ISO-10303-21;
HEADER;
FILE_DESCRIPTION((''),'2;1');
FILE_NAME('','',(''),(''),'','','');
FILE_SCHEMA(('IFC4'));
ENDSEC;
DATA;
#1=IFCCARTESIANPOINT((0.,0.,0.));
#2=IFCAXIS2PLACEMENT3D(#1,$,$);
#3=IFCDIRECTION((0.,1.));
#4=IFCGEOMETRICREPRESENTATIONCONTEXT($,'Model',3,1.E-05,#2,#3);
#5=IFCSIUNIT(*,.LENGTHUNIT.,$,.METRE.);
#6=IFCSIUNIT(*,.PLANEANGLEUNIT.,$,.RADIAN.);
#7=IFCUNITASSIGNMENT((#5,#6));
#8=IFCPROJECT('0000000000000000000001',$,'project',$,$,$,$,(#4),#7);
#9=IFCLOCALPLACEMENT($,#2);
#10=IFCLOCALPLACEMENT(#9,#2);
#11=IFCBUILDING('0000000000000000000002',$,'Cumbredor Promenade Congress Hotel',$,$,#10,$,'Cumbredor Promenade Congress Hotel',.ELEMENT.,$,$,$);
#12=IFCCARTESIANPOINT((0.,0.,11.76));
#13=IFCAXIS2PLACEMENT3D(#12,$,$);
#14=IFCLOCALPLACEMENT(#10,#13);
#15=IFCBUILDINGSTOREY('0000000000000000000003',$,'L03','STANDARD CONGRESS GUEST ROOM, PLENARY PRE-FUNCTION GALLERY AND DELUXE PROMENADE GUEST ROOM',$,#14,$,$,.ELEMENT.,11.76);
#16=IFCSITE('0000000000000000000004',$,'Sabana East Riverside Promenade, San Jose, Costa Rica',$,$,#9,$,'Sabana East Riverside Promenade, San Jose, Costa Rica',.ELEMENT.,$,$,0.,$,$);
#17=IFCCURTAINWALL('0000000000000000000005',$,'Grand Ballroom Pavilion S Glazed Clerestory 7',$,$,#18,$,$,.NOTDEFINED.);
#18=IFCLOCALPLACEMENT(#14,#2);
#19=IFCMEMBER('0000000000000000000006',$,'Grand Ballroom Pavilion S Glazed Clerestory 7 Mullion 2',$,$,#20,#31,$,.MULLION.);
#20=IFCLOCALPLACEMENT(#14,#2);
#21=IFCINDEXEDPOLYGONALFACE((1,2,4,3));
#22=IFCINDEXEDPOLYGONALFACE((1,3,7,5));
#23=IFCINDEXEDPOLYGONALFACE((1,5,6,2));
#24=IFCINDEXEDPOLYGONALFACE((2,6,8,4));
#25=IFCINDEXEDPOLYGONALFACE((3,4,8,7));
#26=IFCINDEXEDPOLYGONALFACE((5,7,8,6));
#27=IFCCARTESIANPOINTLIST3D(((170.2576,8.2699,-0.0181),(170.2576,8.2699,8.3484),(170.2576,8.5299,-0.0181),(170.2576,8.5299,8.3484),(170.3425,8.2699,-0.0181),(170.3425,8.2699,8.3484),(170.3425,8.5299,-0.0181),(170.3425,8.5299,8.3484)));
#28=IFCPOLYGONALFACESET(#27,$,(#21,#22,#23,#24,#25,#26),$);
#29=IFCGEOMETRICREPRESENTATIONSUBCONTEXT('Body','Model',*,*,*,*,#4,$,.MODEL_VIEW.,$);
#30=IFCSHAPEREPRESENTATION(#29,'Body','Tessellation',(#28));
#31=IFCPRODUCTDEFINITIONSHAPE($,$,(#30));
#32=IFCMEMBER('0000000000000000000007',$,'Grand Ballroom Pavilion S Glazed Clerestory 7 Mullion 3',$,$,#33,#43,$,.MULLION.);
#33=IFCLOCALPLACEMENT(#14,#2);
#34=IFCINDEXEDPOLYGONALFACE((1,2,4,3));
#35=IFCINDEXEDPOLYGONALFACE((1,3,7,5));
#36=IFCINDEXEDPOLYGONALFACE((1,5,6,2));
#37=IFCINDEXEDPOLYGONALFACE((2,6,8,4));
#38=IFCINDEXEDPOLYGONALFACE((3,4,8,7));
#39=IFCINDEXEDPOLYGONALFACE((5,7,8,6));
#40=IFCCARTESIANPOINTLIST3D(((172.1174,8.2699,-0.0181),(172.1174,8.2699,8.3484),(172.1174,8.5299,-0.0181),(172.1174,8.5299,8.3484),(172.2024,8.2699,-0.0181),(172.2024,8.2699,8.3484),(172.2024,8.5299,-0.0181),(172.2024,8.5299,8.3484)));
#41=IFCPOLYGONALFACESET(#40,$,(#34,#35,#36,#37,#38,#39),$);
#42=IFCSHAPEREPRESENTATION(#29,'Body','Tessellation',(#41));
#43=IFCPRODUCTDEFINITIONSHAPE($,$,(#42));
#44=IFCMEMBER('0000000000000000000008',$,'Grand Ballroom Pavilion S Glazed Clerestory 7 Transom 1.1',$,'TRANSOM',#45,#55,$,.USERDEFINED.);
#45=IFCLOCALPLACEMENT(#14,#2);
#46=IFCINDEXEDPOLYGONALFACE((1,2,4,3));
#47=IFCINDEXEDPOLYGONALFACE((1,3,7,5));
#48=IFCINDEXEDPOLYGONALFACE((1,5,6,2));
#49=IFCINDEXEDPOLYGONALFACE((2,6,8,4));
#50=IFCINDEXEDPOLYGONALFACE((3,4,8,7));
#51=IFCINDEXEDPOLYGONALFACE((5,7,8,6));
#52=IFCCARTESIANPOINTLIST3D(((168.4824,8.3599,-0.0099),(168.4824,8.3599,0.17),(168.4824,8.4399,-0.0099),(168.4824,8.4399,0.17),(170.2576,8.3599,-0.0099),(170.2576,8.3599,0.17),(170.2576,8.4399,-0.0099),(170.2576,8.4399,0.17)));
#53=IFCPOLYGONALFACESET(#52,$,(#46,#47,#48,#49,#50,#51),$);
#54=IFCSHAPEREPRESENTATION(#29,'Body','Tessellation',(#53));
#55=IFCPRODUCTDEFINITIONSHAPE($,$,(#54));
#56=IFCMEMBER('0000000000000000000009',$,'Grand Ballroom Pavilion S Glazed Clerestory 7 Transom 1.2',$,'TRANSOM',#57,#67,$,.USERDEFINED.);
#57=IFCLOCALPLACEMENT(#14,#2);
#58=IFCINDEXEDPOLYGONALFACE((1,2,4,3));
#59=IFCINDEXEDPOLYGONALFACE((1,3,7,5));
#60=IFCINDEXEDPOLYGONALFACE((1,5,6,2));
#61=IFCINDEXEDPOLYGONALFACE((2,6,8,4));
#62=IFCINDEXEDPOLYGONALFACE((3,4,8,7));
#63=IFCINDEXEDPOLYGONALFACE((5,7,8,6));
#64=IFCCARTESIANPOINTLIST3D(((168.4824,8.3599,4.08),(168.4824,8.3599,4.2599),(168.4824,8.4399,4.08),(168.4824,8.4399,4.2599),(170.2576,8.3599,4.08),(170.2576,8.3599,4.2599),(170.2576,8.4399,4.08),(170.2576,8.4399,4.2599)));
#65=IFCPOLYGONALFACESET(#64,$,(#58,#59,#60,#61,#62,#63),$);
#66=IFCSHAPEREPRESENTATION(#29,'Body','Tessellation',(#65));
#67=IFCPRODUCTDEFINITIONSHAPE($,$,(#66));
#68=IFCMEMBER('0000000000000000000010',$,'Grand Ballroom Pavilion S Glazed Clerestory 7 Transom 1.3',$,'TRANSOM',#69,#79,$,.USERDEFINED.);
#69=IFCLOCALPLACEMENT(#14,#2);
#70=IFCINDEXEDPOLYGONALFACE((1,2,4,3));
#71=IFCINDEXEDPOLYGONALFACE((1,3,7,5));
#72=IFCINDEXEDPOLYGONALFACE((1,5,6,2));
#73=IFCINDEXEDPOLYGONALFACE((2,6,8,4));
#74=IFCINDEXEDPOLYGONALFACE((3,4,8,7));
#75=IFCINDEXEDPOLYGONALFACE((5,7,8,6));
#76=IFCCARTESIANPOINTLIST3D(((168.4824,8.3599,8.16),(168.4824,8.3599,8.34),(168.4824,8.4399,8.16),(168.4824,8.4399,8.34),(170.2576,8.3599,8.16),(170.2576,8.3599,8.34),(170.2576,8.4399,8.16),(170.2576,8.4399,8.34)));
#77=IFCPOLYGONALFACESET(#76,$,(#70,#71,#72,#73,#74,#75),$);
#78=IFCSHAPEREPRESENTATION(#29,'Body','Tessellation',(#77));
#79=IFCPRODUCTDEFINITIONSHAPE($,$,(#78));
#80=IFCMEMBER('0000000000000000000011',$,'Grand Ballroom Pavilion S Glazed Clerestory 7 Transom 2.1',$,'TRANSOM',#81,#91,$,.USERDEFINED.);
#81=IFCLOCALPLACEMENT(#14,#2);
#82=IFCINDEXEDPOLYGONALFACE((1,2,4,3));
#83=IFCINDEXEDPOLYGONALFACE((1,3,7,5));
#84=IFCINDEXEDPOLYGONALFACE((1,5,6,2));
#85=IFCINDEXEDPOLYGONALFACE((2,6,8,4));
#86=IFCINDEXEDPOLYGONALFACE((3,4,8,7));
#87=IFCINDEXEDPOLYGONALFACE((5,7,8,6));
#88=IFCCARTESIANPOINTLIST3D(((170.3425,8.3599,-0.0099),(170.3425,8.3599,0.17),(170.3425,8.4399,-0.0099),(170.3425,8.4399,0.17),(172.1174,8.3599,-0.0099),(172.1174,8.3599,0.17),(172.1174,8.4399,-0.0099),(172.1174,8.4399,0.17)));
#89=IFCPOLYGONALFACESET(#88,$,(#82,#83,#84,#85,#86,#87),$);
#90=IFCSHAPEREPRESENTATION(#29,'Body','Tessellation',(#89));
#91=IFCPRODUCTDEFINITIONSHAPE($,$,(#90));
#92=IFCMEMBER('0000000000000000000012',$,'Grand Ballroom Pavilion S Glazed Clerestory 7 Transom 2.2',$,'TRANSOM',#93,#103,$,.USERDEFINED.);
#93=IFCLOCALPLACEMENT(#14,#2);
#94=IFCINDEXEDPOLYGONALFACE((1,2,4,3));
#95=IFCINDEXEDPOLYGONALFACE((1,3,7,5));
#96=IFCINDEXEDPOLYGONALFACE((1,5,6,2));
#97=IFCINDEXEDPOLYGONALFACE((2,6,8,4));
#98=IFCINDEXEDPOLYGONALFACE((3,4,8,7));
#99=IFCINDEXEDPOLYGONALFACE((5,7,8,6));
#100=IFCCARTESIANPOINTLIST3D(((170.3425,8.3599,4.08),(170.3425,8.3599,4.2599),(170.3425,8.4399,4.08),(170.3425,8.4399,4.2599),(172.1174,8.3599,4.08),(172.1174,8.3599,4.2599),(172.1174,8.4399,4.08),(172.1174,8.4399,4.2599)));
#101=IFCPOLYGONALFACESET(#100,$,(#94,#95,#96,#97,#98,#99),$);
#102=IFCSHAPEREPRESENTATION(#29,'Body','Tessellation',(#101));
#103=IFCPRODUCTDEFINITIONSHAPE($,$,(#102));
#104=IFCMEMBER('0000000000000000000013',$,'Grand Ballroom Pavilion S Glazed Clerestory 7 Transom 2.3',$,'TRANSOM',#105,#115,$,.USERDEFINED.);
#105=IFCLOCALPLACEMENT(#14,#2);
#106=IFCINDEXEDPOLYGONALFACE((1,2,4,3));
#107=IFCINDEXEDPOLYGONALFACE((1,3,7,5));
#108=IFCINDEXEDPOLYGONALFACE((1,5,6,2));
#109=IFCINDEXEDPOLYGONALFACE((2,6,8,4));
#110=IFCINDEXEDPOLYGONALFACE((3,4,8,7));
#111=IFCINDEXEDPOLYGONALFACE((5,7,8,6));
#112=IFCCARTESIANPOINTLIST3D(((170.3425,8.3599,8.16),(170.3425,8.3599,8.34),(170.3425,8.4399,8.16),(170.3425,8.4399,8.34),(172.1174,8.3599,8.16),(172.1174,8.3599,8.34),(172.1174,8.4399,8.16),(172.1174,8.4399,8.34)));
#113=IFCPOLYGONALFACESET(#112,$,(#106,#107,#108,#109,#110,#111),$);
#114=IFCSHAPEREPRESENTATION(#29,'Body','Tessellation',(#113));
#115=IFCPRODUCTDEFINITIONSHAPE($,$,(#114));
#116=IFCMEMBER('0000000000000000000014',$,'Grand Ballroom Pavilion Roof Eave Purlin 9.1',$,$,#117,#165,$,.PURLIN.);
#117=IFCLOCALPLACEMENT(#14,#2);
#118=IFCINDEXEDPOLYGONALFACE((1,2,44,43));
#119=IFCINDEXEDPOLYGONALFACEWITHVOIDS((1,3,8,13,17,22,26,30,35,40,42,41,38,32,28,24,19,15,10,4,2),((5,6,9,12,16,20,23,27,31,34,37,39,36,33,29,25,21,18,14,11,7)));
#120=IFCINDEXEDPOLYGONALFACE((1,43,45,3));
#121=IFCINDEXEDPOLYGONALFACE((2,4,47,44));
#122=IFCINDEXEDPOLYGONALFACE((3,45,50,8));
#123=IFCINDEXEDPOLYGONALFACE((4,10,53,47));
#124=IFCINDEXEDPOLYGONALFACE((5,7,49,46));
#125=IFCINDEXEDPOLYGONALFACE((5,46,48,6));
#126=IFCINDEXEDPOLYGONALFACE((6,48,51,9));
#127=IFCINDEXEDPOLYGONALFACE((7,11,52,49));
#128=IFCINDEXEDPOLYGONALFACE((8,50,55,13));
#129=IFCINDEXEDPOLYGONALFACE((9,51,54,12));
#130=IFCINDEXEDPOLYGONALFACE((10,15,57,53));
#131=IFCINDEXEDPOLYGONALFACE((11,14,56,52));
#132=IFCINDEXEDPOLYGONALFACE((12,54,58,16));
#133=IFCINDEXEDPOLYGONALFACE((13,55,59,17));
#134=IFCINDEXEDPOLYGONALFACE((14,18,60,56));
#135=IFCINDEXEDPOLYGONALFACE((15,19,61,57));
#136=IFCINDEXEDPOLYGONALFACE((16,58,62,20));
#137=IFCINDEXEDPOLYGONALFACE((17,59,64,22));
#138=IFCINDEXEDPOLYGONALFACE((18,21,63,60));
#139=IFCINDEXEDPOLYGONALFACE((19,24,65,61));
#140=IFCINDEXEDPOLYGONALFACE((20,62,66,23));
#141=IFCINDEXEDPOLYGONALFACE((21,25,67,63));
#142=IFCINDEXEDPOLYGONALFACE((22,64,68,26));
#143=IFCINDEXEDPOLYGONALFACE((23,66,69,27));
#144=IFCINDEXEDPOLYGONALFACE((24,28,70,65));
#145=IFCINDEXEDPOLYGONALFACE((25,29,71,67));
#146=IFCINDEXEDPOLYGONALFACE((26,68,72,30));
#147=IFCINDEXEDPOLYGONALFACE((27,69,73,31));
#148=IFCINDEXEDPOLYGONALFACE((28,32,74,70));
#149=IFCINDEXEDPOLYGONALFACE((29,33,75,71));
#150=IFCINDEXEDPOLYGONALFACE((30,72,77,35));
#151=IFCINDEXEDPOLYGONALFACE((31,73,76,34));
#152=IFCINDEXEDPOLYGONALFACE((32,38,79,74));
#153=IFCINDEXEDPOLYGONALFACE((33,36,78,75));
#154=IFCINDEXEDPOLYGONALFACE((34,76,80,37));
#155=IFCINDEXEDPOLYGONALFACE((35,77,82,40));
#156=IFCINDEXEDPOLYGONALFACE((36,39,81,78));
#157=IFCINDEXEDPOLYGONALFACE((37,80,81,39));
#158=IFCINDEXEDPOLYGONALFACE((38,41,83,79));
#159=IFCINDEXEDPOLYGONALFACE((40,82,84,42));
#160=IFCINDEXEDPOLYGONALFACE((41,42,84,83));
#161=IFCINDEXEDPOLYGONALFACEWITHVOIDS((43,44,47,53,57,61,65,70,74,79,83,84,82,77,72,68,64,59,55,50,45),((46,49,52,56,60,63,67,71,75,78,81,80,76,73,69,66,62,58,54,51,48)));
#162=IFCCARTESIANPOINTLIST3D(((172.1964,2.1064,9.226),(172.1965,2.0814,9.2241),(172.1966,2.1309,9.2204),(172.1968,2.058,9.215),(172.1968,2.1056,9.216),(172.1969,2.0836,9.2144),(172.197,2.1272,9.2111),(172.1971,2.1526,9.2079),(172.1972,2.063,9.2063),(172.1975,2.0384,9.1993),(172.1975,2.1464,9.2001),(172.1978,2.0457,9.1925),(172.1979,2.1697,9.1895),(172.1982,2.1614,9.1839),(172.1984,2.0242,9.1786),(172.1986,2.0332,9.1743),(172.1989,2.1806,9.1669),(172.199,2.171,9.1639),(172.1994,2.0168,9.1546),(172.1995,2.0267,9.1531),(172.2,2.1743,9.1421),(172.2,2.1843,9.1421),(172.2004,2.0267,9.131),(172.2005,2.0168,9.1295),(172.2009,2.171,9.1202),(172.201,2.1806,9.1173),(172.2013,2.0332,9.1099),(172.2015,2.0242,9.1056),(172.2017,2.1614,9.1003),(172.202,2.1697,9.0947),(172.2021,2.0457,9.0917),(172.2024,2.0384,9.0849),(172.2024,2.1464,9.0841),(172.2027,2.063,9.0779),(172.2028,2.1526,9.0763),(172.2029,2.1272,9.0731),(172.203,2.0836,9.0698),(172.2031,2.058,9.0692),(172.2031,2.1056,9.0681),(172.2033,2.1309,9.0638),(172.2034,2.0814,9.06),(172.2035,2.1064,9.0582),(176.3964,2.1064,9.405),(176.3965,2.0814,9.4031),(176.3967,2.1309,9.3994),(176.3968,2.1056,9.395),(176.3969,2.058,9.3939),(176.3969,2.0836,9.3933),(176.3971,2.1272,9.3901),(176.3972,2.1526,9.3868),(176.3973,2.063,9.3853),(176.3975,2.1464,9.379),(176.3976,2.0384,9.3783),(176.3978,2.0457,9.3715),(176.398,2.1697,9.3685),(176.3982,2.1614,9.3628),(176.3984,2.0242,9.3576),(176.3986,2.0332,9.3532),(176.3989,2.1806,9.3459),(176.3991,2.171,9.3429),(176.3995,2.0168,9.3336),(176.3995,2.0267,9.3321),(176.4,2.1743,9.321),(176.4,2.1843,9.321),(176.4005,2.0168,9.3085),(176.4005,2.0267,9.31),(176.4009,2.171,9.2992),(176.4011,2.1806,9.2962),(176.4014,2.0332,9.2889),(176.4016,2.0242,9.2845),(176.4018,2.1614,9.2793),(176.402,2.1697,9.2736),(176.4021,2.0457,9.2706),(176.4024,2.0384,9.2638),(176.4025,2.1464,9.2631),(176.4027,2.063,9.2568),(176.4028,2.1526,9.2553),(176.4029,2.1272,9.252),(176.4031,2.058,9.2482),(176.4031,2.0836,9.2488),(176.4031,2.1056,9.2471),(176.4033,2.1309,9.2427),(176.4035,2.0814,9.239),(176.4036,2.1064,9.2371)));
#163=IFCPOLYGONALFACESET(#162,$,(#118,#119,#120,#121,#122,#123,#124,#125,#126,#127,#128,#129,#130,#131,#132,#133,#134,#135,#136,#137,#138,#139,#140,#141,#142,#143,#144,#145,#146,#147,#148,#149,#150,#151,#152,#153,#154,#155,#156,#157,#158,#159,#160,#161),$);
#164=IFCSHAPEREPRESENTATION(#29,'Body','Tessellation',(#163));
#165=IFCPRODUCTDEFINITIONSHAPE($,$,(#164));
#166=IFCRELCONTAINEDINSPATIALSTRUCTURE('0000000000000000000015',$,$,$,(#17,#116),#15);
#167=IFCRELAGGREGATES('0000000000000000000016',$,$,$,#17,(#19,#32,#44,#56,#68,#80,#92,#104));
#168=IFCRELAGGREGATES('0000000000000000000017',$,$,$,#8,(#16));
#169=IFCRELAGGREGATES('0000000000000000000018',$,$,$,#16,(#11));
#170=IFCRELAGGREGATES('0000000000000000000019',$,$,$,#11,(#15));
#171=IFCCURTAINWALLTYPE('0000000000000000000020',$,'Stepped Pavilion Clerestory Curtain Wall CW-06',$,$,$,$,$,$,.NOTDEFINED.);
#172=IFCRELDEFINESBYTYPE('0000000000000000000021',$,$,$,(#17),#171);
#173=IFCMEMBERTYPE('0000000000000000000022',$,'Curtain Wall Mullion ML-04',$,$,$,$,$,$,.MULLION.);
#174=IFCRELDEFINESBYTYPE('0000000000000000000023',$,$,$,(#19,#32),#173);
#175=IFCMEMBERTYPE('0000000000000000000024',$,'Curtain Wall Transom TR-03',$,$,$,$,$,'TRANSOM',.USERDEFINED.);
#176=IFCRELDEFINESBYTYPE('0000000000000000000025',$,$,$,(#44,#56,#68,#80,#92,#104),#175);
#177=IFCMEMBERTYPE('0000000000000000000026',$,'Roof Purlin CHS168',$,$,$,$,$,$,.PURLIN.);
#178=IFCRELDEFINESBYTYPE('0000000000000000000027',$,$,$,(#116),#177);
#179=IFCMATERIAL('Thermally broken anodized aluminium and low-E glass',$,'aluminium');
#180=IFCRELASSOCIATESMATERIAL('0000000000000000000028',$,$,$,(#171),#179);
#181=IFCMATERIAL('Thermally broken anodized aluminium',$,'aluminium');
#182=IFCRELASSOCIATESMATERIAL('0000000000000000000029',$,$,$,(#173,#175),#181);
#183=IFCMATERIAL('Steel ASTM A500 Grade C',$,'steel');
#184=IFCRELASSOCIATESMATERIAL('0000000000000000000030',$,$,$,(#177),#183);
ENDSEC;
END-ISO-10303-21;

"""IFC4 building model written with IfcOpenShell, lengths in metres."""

from ifc_helpers import new_model, si_unit, direction, frame, origin, origin_2d, place, context, subcontext, project, spatial, rectangle, hollow_circle, extrude, material, material_profile, profile_set, type_object, element, aggregate, save


model = new_model("IFC4")

# Units and contexts
model_context = context("Model", 3, precision=1e-05, world=origin(), true_north=direction((0.0, 1.0)))
body_context = subcontext(model_context, "Body", "Model", "MODEL_VIEW")
ifc_project = project(units=[si_unit("LENGTHUNIT", "METRE"), si_unit("PLANEANGLEUNIT", "RADIAN")], contexts=[model_context])

# Site, building, storey
site_placement = place(None, origin())
site = spatial("IfcSite", under=ifc_project, at=site_placement, Name="Sabana East Riverside Promenade, San Jose, Costa Rica", LongName="Sabana East Riverside Promenade, San Jose, Costa Rica", CompositionType="ELEMENT", RefElevation=0.0)
building_placement = place(site_placement, origin())
building = spatial("IfcBuilding", under=site, at=building_placement, Name="Cumbredor Promenade Congress Hotel", LongName="Cumbredor Promenade Congress Hotel", CompositionType="ELEMENT")
storey_placement = place(building_placement, frame((0.0, 0.0, 11.76)))
storey = spatial("IfcBuildingStorey", under=building, at=storey_placement, Name="L03", Description="STANDARD CONGRESS GUEST ROOM, PLENARY PRE-FUNCTION GALLERY AND DELUXE PROMENADE GUEST ROOM", CompositionType="ELEMENT", Elevation=11.76)

# Shared definitions
ifc_material_1 = material(Name="Steel ASTM A500 Grade C", Category="steel")

# Curtain wall, members
ifc_material_2 = material(Name="Thermally broken anodized aluminium and low-E glass", Category="aluminium")
curtain_wall_type = type_object("IfcCurtainWallType", Name="Stepped Pavilion Clerestory Curtain Wall CW-06", PredefinedType="NOTDEFINED", material=ifc_material_2)
curtain_wall_placement = place(storey_placement, origin())
curtain_wall = element("IfcCurtainWall", 1, at=curtain_wall_placement, inside=storey, type_object=curtain_wall_type, Name="Grand Ballroom Pavilion S Glazed Clerestory 7", PredefinedType="NOTDEFINED")
ifc_material_3 = material(Name="Thermally broken anodized aluminium", Category="aluminium")
ifc_material_profile_1 = material_profile(ifc_material_3, rectangle(XDim=0.085, YDim=0.26, at=origin_2d()), Name="ALU MULLION CLERESTORY 85x260")
ifc_profile_set_1 = profile_set([ifc_material_profile_1], Name="Thermally broken anodized aluminium")
member_type_1 = type_object("IfcMemberType", Name="Curtain Wall Mullion ML-04", PredefinedType="MULLION", material=ifc_profile_set_1)
member_1_placement = place(storey_placement, frame((170.3, 8.3999, -0.0181), z_axis=(0.0, 0.0, 1.0), x_axis=(1.0, 0.0, 0.0)))
member_1 = element("IfcMember", 2, at=member_1_placement, type_object=member_type_1, Name="Grand Ballroom Pavilion S Glazed Clerestory 7 Mullion 2", PredefinedType="MULLION", context=body_context, shape_type="SweptSolid", body=[
    extrude(rectangle(XDim=0.085, YDim=0.26, at=origin_2d()), origin(), (0.0, 0.0, 1.0), 8.3665),
])
member_2_placement = place(storey_placement, frame((172.1599, 8.3999, -0.0181), z_axis=(0.0, 0.0, 1.0), x_axis=(1.0, 0.0, 0.0)))
member_2 = element("IfcMember", 3, at=member_2_placement, type_object=member_type_1, Name="Grand Ballroom Pavilion S Glazed Clerestory 7 Mullion 3", PredefinedType="MULLION", context=body_context, shape_type="SweptSolid", body=[
    extrude(rectangle(XDim=0.085, YDim=0.26, at=origin_2d()), origin(), (0.0, 0.0, 1.0), 8.3665),
])
ifc_material_profile_2 = material_profile(ifc_material_3, rectangle(XDim=0.0801, YDim=0.1799, at=origin_2d()), Name="ALU TRANSOM 80x180")
ifc_profile_set_2 = profile_set([ifc_material_profile_2], Name="Thermally broken anodized aluminium")
member_type_2 = type_object("IfcMemberType", Name="Curtain Wall Transom TR-03", ElementType="TRANSOM", PredefinedType="USERDEFINED", material=ifc_profile_set_2)
member_3_placement = place(storey_placement, frame((168.4824, 8.3999, 0.0801), z_axis=(1.0, 0.0, 0.0), x_axis=(0.0, 1.0, 0.0)))
member_3 = element("IfcMember", 4, at=member_3_placement, type_object=member_type_2, Name="Grand Ballroom Pavilion S Glazed Clerestory 7 Transom 1.1", ObjectType="TRANSOM", PredefinedType="USERDEFINED", context=body_context, shape_type="SweptSolid", body=[
    extrude(rectangle(XDim=0.0801, YDim=0.1799, at=origin_2d()), origin(), (0.0, 0.0, 1.0), 1.7751),
])
member_4_placement = place(storey_placement, frame((168.4824, 8.3999, 4.1699), z_axis=(1.0, 0.0, 0.0), x_axis=(0.0, 1.0, 0.0)))
member_4 = element("IfcMember", 5, at=member_4_placement, type_object=member_type_2, Name="Grand Ballroom Pavilion S Glazed Clerestory 7 Transom 1.2", ObjectType="TRANSOM", PredefinedType="USERDEFINED", context=body_context, shape_type="SweptSolid", body=[
    extrude(rectangle(XDim=0.0801, YDim=0.1799, at=origin_2d()), origin(), (0.0, 0.0, 1.0), 1.7751),
])
member_5_placement = place(storey_placement, frame((168.4824, 8.3999, 8.25), z_axis=(1.0, 0.0, 0.0), x_axis=(0.0, 1.0, 0.0)))
member_5 = element("IfcMember", 6, at=member_5_placement, type_object=member_type_2, Name="Grand Ballroom Pavilion S Glazed Clerestory 7 Transom 1.3", ObjectType="TRANSOM", PredefinedType="USERDEFINED", context=body_context, shape_type="SweptSolid", body=[
    extrude(rectangle(XDim=0.0801, YDim=0.1799, at=origin_2d()), origin(), (0.0, 0.0, 1.0), 1.7751),
])
member_6_placement = place(storey_placement, frame((170.3425, 8.3999, 0.0801), z_axis=(1.0, 0.0, 0.0), x_axis=(0.0, 1.0, 0.0)))
member_6 = element("IfcMember", 7, at=member_6_placement, type_object=member_type_2, Name="Grand Ballroom Pavilion S Glazed Clerestory 7 Transom 2.1", ObjectType="TRANSOM", PredefinedType="USERDEFINED", context=body_context, shape_type="SweptSolid", body=[
    extrude(rectangle(XDim=0.0801, YDim=0.1799, at=origin_2d()), origin(), (0.0, 0.0, 1.0), 1.7749),
])
member_7_placement = place(storey_placement, frame((170.3425, 8.3999, 4.1699), z_axis=(1.0, 0.0, 0.0), x_axis=(0.0, 1.0, 0.0)))
member_7 = element("IfcMember", 8, at=member_7_placement, type_object=member_type_2, Name="Grand Ballroom Pavilion S Glazed Clerestory 7 Transom 2.2", ObjectType="TRANSOM", PredefinedType="USERDEFINED", context=body_context, shape_type="SweptSolid", body=[
    extrude(rectangle(XDim=0.0801, YDim=0.1799, at=origin_2d()), origin(), (0.0, 0.0, 1.0), 1.7749),
])
member_8_placement = place(storey_placement, frame((170.3425, 8.3999, 8.25), z_axis=(1.0, 0.0, 0.0), x_axis=(0.0, 1.0, 0.0)))
member_8 = element("IfcMember", 9, at=member_8_placement, type_object=member_type_2, Name="Grand Ballroom Pavilion S Glazed Clerestory 7 Transom 2.3", ObjectType="TRANSOM", PredefinedType="USERDEFINED", context=body_context, shape_type="SweptSolid", body=[
    extrude(rectangle(XDim=0.0801, YDim=0.1799, at=origin_2d()), origin(), (0.0, 0.0, 1.0), 1.7749),
])

# Member
ifc_material_profile_3 = material_profile(ifc_material_1, hollow_circle(Radius=0.0842, WallThickness=0.01, at=origin_2d()), Name="CHS 168.3x10")
ifc_profile_set_3 = profile_set([ifc_material_profile_3], Name="Steel ASTM A500 Grade C")
member_type_3 = type_object("IfcMemberType", Name="Roof Purlin CHS168", PredefinedType="PURLIN", material=ifc_profile_set_3)
member_9_placement = place(storey_placement, frame((172.2, 2.1001, 9.1421), z_axis=(0.999093, 0.0, 0.04257), x_axis=(0.0, 1.0, 0.0)))
element("IfcMember", 10, at=member_9_placement, inside=storey, type_object=member_type_3, Name="Grand Ballroom Pavilion Roof Eave Purlin 9.1", PredefinedType="PURLIN", context=body_context, shape_type="SweptSolid", body=[
    extrude(hollow_circle(Radius=0.0842, WallThickness=0.01, at=origin_2d()), origin(), (0.0, 0.0, 1.0), 4.2039),
])

aggregate(curtain_wall, [member_1, member_2, member_3, member_4, member_5, member_6, member_7, member_8])

save(model, "model.ifc")
